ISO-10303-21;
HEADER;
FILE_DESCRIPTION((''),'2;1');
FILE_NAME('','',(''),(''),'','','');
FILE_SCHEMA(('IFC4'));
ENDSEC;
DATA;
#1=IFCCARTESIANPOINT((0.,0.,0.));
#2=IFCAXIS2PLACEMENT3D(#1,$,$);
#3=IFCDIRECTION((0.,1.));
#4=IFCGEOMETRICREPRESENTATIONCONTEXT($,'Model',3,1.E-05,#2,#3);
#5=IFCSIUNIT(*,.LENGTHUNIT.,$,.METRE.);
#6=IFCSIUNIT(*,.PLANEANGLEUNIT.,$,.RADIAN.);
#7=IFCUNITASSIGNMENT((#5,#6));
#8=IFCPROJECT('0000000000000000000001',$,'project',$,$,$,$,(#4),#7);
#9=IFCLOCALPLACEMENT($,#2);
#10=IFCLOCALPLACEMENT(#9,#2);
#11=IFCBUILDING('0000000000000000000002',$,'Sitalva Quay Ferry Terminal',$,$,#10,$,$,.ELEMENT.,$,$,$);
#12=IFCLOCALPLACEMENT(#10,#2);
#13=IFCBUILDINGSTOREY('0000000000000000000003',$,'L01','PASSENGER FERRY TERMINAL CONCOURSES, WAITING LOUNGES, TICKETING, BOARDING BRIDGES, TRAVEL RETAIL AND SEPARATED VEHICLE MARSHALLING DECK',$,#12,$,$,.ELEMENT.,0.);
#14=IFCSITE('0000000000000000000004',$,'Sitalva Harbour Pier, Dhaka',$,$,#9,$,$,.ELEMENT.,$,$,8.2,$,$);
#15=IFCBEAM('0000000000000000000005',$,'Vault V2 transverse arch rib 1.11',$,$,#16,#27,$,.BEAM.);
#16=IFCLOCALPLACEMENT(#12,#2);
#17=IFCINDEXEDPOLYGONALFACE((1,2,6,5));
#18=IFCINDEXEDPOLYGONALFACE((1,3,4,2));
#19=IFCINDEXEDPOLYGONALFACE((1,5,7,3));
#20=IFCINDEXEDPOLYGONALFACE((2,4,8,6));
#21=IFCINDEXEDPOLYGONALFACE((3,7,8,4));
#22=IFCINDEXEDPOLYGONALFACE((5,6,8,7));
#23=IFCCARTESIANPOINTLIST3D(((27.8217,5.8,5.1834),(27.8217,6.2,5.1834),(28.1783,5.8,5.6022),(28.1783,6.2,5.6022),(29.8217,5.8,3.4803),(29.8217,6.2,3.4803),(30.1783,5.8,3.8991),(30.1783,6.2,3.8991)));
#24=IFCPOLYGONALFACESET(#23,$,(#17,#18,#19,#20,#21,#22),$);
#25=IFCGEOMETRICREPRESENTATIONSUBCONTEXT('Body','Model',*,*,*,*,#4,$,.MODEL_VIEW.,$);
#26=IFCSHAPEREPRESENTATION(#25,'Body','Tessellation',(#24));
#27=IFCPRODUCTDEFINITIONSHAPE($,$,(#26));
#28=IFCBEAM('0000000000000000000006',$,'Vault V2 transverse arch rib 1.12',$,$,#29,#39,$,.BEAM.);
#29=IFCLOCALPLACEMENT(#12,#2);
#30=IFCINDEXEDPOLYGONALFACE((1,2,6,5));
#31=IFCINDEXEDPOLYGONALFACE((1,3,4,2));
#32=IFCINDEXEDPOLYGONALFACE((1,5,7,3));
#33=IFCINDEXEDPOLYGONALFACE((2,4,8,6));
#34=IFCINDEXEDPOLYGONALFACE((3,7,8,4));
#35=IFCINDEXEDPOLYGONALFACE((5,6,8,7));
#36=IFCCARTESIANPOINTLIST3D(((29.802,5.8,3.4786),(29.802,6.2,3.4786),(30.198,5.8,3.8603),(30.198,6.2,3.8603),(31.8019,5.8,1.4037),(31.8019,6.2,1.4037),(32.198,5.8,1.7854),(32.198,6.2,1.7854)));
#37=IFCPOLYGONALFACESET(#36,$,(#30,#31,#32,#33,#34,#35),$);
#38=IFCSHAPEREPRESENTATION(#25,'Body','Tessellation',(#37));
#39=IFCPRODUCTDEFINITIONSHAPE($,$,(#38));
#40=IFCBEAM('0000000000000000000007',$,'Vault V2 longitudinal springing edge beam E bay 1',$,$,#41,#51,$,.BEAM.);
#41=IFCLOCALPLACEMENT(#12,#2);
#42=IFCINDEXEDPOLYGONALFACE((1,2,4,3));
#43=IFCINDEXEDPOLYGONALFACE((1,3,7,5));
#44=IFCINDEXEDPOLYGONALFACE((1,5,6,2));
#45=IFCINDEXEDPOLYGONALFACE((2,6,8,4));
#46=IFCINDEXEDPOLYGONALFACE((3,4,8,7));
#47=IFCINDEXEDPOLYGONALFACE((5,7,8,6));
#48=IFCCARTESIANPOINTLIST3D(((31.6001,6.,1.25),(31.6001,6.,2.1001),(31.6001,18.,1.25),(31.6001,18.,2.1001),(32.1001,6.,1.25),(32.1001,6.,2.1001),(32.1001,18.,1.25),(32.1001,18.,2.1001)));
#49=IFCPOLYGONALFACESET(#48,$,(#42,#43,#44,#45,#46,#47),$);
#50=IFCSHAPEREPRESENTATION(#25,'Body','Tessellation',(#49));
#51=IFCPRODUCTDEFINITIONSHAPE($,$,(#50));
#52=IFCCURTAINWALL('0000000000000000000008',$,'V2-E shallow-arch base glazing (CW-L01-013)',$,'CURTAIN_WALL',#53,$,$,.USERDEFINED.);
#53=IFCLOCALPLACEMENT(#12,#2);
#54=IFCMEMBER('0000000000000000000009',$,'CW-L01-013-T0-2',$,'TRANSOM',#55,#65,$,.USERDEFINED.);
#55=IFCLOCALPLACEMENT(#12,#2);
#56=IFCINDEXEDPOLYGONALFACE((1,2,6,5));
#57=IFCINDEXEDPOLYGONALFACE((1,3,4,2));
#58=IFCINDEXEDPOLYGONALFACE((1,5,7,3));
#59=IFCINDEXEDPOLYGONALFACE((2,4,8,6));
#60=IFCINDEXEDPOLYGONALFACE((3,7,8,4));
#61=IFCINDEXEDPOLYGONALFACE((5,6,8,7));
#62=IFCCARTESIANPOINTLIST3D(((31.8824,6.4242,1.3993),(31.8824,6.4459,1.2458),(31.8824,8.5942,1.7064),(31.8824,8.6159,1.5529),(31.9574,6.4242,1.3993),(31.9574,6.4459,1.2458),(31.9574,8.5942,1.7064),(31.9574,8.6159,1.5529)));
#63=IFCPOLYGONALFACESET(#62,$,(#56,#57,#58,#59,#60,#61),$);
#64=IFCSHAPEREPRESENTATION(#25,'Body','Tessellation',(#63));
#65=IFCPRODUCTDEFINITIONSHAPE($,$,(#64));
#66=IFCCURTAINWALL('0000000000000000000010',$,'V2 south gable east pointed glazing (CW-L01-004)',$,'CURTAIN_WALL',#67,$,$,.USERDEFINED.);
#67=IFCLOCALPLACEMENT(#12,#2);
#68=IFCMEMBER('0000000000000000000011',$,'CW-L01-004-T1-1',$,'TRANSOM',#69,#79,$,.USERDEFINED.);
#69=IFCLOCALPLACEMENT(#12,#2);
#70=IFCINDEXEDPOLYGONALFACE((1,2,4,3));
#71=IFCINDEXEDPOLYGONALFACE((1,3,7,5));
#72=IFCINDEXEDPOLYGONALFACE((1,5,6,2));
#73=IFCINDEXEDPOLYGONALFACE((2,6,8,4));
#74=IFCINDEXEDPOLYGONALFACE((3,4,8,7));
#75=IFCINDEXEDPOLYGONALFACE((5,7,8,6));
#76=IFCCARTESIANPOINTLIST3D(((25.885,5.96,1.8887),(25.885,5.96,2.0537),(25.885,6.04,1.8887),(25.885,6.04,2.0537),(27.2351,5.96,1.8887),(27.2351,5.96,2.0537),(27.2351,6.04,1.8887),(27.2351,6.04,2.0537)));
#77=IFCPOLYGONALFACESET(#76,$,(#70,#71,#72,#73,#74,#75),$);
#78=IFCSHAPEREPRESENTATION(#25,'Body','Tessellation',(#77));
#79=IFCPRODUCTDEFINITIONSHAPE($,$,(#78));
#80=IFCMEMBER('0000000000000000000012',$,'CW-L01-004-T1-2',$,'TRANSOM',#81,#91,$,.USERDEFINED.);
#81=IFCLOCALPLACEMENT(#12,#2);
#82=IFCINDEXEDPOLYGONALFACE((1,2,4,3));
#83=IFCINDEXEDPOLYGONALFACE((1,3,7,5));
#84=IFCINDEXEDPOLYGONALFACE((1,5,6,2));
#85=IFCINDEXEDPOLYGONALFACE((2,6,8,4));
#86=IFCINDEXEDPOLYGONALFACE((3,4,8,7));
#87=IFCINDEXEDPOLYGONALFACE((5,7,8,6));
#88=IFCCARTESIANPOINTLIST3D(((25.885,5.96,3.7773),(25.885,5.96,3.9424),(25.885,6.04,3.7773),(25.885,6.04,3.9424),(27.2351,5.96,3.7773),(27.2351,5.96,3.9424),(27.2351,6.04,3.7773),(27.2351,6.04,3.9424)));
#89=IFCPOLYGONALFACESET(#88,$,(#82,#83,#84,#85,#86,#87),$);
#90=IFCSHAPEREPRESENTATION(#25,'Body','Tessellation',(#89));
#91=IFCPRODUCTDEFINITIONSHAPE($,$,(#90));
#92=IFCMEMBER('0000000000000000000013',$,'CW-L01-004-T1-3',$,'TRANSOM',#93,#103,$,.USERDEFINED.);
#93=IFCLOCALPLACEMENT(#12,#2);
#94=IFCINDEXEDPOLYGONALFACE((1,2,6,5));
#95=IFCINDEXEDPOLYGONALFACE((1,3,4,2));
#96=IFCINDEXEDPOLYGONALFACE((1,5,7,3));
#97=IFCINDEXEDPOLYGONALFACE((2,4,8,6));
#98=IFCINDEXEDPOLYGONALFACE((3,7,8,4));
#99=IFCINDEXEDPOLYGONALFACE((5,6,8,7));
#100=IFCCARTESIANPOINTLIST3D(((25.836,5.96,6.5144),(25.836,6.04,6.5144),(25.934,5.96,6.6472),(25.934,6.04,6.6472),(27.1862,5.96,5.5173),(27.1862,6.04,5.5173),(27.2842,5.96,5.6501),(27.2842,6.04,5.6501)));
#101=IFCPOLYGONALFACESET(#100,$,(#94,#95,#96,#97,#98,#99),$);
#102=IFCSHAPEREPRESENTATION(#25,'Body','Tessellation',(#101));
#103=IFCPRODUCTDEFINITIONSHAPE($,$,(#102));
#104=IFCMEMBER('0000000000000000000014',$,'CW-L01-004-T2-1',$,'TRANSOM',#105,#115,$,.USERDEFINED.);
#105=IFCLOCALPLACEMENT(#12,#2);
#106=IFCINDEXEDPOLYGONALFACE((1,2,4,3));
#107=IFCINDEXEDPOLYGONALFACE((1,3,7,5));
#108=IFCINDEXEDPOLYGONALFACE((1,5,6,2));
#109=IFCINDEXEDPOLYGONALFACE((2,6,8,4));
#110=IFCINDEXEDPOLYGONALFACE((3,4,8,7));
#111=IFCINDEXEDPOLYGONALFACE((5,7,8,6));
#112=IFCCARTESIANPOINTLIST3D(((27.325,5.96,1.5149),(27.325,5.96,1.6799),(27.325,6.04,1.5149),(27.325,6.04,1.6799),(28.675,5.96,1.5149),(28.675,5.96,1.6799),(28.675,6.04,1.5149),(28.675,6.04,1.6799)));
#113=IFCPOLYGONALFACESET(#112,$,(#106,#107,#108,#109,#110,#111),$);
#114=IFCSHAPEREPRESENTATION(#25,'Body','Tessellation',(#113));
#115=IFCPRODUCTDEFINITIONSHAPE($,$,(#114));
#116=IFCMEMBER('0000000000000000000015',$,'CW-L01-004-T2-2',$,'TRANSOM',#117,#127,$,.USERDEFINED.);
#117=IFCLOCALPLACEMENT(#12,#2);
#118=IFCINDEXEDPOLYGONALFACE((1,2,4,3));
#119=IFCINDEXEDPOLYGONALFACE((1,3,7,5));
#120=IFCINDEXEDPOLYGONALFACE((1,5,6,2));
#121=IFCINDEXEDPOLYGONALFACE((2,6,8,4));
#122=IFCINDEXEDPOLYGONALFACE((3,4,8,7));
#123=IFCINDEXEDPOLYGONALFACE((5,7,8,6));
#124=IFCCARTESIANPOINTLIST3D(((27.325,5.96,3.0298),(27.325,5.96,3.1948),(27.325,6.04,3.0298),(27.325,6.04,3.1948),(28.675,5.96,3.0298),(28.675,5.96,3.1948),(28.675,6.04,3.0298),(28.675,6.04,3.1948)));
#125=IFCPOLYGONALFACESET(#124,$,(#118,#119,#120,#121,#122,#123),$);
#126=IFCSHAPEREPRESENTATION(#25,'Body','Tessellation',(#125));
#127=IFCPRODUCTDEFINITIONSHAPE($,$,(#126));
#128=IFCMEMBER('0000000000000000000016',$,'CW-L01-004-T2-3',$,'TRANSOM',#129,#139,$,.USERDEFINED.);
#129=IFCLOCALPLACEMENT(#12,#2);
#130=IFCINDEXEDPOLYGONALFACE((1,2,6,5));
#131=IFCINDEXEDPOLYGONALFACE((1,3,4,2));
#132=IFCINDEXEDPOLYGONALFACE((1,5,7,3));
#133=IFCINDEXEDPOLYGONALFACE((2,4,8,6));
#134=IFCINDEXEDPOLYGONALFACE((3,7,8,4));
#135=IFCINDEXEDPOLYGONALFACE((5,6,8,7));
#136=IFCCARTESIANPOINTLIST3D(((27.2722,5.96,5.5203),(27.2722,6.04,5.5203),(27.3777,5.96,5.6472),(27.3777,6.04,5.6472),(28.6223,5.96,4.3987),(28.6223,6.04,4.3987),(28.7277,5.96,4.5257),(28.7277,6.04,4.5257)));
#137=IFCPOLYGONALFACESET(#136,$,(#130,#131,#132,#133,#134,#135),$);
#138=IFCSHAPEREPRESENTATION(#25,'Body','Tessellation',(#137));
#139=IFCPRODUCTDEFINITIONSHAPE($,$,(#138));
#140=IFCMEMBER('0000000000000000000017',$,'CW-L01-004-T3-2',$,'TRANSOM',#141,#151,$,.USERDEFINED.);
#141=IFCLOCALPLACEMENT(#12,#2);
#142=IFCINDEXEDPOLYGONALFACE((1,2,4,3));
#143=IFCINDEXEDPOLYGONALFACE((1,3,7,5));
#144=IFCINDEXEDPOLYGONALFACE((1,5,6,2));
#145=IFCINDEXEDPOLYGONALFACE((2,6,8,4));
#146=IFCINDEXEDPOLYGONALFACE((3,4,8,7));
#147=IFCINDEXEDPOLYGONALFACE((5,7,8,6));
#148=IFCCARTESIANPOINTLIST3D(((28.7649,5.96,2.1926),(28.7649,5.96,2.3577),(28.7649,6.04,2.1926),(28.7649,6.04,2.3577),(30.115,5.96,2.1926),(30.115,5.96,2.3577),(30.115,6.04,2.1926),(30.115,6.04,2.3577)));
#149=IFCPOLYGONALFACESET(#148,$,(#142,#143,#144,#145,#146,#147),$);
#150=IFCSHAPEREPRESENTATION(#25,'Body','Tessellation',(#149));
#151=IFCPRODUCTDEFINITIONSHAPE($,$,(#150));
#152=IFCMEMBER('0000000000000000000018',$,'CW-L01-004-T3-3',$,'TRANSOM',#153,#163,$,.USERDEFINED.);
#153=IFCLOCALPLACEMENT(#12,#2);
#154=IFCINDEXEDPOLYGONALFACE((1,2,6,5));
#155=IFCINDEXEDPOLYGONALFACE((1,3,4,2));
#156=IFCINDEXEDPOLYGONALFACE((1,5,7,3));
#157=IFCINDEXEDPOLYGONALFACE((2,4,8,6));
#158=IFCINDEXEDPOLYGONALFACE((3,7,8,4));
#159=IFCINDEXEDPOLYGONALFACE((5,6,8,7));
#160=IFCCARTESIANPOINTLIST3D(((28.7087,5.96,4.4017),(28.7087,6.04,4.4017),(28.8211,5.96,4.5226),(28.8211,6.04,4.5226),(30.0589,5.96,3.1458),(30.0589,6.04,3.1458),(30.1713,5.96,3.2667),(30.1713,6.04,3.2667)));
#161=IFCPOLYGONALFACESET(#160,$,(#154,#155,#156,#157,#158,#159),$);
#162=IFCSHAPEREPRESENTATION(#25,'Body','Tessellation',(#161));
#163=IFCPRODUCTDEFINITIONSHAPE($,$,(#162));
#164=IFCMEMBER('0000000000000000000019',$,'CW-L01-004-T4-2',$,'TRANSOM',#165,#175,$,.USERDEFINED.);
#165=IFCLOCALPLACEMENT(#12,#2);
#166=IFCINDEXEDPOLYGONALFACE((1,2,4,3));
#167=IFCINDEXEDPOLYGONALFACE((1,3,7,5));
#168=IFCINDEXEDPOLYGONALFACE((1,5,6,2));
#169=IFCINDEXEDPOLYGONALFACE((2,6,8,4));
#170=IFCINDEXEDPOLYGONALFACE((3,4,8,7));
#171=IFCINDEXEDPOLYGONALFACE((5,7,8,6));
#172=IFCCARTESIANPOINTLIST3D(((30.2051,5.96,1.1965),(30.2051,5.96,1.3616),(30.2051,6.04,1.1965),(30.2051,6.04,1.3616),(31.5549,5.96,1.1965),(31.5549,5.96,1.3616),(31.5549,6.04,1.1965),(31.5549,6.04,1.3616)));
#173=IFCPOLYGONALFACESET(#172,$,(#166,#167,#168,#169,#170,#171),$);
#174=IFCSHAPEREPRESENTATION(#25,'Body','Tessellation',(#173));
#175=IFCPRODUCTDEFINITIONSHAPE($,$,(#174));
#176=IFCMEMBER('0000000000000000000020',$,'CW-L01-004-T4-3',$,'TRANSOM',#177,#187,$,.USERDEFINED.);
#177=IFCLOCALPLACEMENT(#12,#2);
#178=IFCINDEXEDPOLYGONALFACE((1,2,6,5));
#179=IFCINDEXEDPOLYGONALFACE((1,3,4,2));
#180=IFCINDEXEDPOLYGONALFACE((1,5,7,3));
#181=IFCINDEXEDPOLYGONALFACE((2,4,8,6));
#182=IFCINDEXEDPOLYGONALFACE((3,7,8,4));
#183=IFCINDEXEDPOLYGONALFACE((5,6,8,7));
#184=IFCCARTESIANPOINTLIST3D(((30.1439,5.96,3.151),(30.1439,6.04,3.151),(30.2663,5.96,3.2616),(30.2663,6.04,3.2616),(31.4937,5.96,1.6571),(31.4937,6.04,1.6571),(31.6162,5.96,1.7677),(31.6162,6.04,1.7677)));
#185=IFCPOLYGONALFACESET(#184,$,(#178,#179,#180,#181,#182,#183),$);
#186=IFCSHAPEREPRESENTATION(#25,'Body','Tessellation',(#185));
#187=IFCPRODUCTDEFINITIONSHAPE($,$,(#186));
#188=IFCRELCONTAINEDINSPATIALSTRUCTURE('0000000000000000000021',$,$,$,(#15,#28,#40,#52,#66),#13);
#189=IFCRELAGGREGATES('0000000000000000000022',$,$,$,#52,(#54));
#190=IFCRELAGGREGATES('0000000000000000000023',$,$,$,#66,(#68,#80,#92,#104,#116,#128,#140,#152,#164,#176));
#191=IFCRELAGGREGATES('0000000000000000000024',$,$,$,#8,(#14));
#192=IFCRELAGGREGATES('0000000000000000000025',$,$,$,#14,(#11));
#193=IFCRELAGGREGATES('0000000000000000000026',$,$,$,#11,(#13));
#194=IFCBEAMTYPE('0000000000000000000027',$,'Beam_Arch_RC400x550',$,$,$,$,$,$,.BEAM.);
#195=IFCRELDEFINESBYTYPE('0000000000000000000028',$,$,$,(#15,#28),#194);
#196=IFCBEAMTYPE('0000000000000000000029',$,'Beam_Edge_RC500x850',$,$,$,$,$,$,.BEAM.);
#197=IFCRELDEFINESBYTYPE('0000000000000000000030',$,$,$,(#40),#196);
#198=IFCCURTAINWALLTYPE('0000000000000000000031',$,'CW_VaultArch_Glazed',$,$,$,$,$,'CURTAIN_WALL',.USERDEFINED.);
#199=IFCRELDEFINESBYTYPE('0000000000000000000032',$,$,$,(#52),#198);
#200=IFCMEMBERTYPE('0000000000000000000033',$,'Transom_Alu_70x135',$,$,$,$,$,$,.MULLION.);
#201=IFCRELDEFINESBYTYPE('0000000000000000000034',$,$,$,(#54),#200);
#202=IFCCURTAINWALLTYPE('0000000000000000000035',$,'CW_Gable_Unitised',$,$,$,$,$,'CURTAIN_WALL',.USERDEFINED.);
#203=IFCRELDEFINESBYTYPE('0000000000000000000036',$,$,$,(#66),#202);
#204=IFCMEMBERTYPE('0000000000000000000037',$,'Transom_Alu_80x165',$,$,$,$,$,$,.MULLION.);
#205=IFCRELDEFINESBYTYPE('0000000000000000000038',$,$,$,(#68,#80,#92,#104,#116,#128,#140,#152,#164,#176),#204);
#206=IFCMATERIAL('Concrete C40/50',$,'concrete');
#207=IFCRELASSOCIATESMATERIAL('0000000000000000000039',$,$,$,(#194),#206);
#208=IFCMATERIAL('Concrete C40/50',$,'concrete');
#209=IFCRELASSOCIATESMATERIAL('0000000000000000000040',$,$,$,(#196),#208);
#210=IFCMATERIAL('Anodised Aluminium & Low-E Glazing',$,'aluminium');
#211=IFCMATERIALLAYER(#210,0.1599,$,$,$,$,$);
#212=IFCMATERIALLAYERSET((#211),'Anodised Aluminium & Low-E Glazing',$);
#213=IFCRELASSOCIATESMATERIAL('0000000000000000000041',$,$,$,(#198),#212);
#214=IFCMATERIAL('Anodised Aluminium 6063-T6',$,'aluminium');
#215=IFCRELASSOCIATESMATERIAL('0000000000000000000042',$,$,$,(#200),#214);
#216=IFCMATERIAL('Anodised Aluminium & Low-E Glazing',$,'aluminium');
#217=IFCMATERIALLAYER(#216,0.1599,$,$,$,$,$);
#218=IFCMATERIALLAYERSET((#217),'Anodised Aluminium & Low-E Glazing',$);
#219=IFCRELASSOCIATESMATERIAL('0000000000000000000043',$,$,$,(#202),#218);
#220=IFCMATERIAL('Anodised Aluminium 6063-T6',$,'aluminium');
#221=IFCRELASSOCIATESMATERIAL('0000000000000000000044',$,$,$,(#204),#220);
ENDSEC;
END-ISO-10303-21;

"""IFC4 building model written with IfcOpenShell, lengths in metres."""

from ifc_helpers import new_model, si_unit, direction, frame, origin, origin_2d, place, context, subcontext, project, spatial, rectangle, extrude, material, layer, layer_set, material_profile, profile_set, type_object, element, aggregate, save


model = new_model("IFC4")

# Units and contexts
model_context = context("Model", 3, precision=1e-05, world=origin(), true_north=direction((0.0, 1.0)))
body_context = subcontext(model_context, "Body", "Model", "MODEL_VIEW")
ifc_project = project(units=[si_unit("LENGTHUNIT", "METRE"), si_unit("PLANEANGLEUNIT", "RADIAN")], contexts=[model_context])

# Site, building, storey
site_placement = place(None, origin())
site = spatial("IfcSite", under=ifc_project, at=site_placement, Name="Sitalva Harbour Pier, Dhaka", CompositionType="ELEMENT", RefElevation=8.2)
building_placement = place(site_placement, origin())
building = spatial("IfcBuilding", under=site, at=building_placement, Name="Sitalva Quay Ferry Terminal", CompositionType="ELEMENT")
storey_placement = place(building_placement, origin())
storey = spatial("IfcBuildingStorey", under=building, at=storey_placement, Name="L01", Description="PASSENGER FERRY TERMINAL CONCOURSES, WAITING LOUNGES, TICKETING, BOARDING BRIDGES, TRAVEL RETAIL AND SEPARATED VEHICLE MARSHALLING DECK", CompositionType="ELEMENT", Elevation=0.0)

# Beams
ifc_material_1 = material(Name="Concrete C40/50", Category="concrete")
ifc_material_profile_1 = material_profile(ifc_material_1, rectangle(XDim=0.3999, YDim=0.55, at=origin_2d()), Name="RC400x550")
ifc_profile_set_1 = profile_set([ifc_material_profile_1], Name="Concrete C40/50")
beam_type_1 = type_object("IfcBeamType", Name="Beam_Arch_RC400x550", PredefinedType="BEAM", material=ifc_profile_set_1)
beam_1_placement = place(storey_placement, frame((28.0, 6.0, 5.3928), z_axis=(0.761352, 0.0, -0.648339), x_axis=(0.0, 1.0, 0.0)))
element("IfcBeam", 1, at=beam_1_placement, inside=storey, type_object=beam_type_1, Name="Vault V2 transverse arch rib 1.11", PredefinedType="BEAM", context=body_context, shape_type="SweptSolid", body=[
    extrude(rectangle(XDim=0.3999, YDim=0.55, at=origin_2d()), origin(), (0.0, 0.0, 1.0), 2.627),
])
beam_2_placement = place(storey_placement, frame((30.0, 6.0, 3.6694), z_axis=(0.693983, 0.0, -0.719991), x_axis=(0.0, 1.0, 0.0)))
element("IfcBeam", 2, at=beam_2_placement, inside=storey, type_object=beam_type_1, Name="Vault V2 transverse arch rib 1.12", PredefinedType="BEAM", context=body_context, shape_type="SweptSolid", body=[
    extrude(rectangle(XDim=0.3999, YDim=0.55, at=origin_2d()), origin(), (0.0, 0.0, 1.0), 2.8818),
])
ifc_material_2 = material(Name="Concrete C40/50", Category="concrete")
ifc_material_profile_2 = material_profile(ifc_material_2, rectangle(XDim=0.5, YDim=0.8501, at=origin_2d()), Name="RC500x850")
ifc_profile_set_2 = profile_set([ifc_material_profile_2], Name="Concrete C40/50")
beam_type_2 = type_object("IfcBeamType", Name="Beam_Edge_RC500x850", PredefinedType="BEAM", material=ifc_profile_set_2)
beam_3_placement = place(storey_placement, frame((31.8501, 6.0, 1.675), z_axis=(0.0, 1.0, 0.0), x_axis=(-1.0, 0.0, 0.0)))
element("IfcBeam", 3, at=beam_3_placement, inside=storey, type_object=beam_type_2, Name="Vault V2 longitudinal springing edge beam E bay 1", PredefinedType="BEAM", context=body_context, shape_type="SweptSolid", body=[
    extrude(rectangle(XDim=0.5, YDim=0.8501, at=origin_2d()), origin(), (0.0, 0.0, 1.0), 12.0),
])

# Curtain wall, member
ifc_material_3 = material(Name="Anodised Aluminium & Low-E Glazing", Category="aluminium")
ifc_layer_1 = layer(ifc_material_3, 0.1599)
ifc_layer_set_1 = layer_set([ifc_layer_1], Name="Anodised Aluminium & Low-E Glazing")
curtain_wall_type_1 = type_object("IfcCurtainWallType", Name="CW_VaultArch_Glazed", ElementType="CURTAIN_WALL", PredefinedType="USERDEFINED", material=ifc_layer_set_1)
curtain_wall_1_placement = place(storey_placement, origin())
curtain_wall_1 = element("IfcCurtainWall", 4, at=curtain_wall_1_placement, inside=storey, type_object=curtain_wall_type_1, Name="V2-E shallow-arch base glazing (CW-L01-013)", ObjectType="CURTAIN_WALL", PredefinedType="USERDEFINED")
ifc_material_4 = material(Name="Anodised Aluminium 6063-T6", Category="aluminium")
ifc_material_profile_3 = material_profile(ifc_material_4, rectangle(XDim=0.075, YDim=0.155, at=origin_2d()), Name="ALU75x155")
ifc_profile_set_3 = profile_set([ifc_material_profile_3], Name="Anodised Aluminium 6063-T6")
member_type_1 = type_object("IfcMemberType", Name="Transom_Alu_70x135", PredefinedType="MULLION", material=ifc_profile_set_3)
member_1_placement = place(storey_placement, frame((31.9199, 6.4351, 1.3225), z_axis=(0.0, 0.990131, 0.140142), x_axis=(-1.0, 0.0, 0.0)))
member_1 = element("IfcMember", 5, at=member_1_placement, type_object=member_type_1, Name="CW-L01-013-T0-2", ObjectType="TRANSOM", PredefinedType="USERDEFINED", context=body_context, shape_type="SweptSolid", body=[
    extrude(rectangle(XDim=0.075, YDim=0.155, at=origin_2d()), origin(), (0.0, 0.0, 1.0), 2.1917),
])
aggregate(curtain_wall_1, [member_1])

# Curtain wall, members
ifc_material_5 = material(Name="Anodised Aluminium & Low-E Glazing", Category="aluminium")
ifc_layer_2 = layer(ifc_material_5, 0.1599)
ifc_layer_set_2 = layer_set([ifc_layer_2], Name="Anodised Aluminium & Low-E Glazing")
curtain_wall_type_2 = type_object("IfcCurtainWallType", Name="CW_Gable_Unitised", ElementType="CURTAIN_WALL", PredefinedType="USERDEFINED", material=ifc_layer_set_2)
curtain_wall_2_placement = place(storey_placement, origin())
curtain_wall_2 = element("IfcCurtainWall", 6, at=curtain_wall_2_placement, inside=storey, type_object=curtain_wall_type_2, Name="V2 south gable east pointed glazing (CW-L01-004)", ObjectType="CURTAIN_WALL", PredefinedType="USERDEFINED")
ifc_material_6 = material(Name="Anodised Aluminium 6063-T6", Category="aluminium")
ifc_material_profile_4 = material_profile(ifc_material_6, rectangle(XDim=0.0801, YDim=0.165, at=origin_2d()), Name="ALU80x165")
ifc_profile_set_4 = profile_set([ifc_material_profile_4], Name="Anodised Aluminium 6063-T6")
member_type_2 = type_object("IfcMemberType", Name="Transom_Alu_80x165", PredefinedType="MULLION", material=ifc_profile_set_4)
member_2_placement = place(storey_placement, frame((25.885, 6.0, 1.9712), z_axis=(1.0, 0.0, 0.0), x_axis=(0.0, 1.0, 0.0)))
member_2 = element("IfcMember", 7, at=member_2_placement, type_object=member_type_2, Name="CW-L01-004-T1-1", ObjectType="TRANSOM", PredefinedType="USERDEFINED", context=body_context, shape_type="SweptSolid", body=[
    extrude(rectangle(XDim=0.0801, YDim=0.165, at=origin_2d()), origin(), (0.0, 0.0, 1.0), 1.3501),
])
member_3_placement = place(storey_placement, frame((25.885, 6.0, 3.8599), z_axis=(1.0, 0.0, 0.0), x_axis=(0.0, 1.0, 0.0)))
member_3 = element("IfcMember", 8, at=member_3_placement, type_object=member_type_2, Name="CW-L01-004-T1-2", ObjectType="TRANSOM", PredefinedType="USERDEFINED", context=body_context, shape_type="SweptSolid", body=[
    extrude(rectangle(XDim=0.0801, YDim=0.165, at=origin_2d()), origin(), (0.0, 0.0, 1.0), 1.3501),
])
member_4_placement = place(storey_placement, frame((25.885, 6.0, 6.5808), z_axis=(0.804412, 0.0, -0.594072), x_axis=(0.0, 1.0, 0.0)))
member_4 = element("IfcMember", 9, at=member_4_placement, type_object=member_type_2, Name="CW-L01-004-T1-3", ObjectType="TRANSOM", PredefinedType="USERDEFINED", context=body_context, shape_type="SweptSolid", body=[
    extrude(rectangle(XDim=0.0801, YDim=0.165, at=origin_2d()), origin(), (0.0, 0.0, 1.0), 1.6785),
])
member_5_placement = place(storey_placement, frame((27.325, 6.0, 1.5974), z_axis=(1.0, 0.0, 0.0), x_axis=(0.0, 1.0, 0.0)))
member_5 = element("IfcMember", 10, at=member_5_placement, type_object=member_type_2, Name="CW-L01-004-T2-1", ObjectType="TRANSOM", PredefinedType="USERDEFINED", context=body_context, shape_type="SweptSolid", body=[
    extrude(rectangle(XDim=0.0801, YDim=0.165, at=origin_2d()), origin(), (0.0, 0.0, 1.0), 1.3501),
])
member_6_placement = place(storey_placement, frame((27.325, 6.0, 3.1123), z_axis=(1.0, 0.0, 0.0), x_axis=(0.0, 1.0, 0.0)))
member_6 = element("IfcMember", 11, at=member_6_placement, type_object=member_type_2, Name="CW-L01-004-T2-2", ObjectType="TRANSOM", PredefinedType="USERDEFINED", context=body_context, shape_type="SweptSolid", body=[
    extrude(rectangle(XDim=0.0801, YDim=0.165, at=origin_2d()), origin(), (0.0, 0.0, 1.0), 1.3501),
])
member_7_placement = place(storey_placement, frame((27.325, 6.0, 5.5837), z_axis=(0.769201, 0.0, -0.639007), x_axis=(0.0, 1.0, 0.0)))
member_7 = element("IfcMember", 12, at=member_7_placement, type_object=member_type_2, Name="CW-L01-004-T2-3", ObjectType="TRANSOM", PredefinedType="USERDEFINED", context=body_context, shape_type="SweptSolid", body=[
    extrude(rectangle(XDim=0.0801, YDim=0.165, at=origin_2d()), origin(), (0.0, 0.0, 1.0), 1.7551),
])
member_8_placement = place(storey_placement, frame((28.7649, 6.0, 2.2751), z_axis=(1.0, 0.0, 0.0), x_axis=(0.0, 1.0, 0.0)))
member_8 = element("IfcMember", 13, at=member_8_placement, type_object=member_type_2, Name="CW-L01-004-T3-2", ObjectType="TRANSOM", PredefinedType="USERDEFINED", context=body_context, shape_type="SweptSolid", body=[
    extrude(rectangle(XDim=0.0801, YDim=0.165, at=origin_2d()), origin(), (0.0, 0.0, 1.0), 1.3501),
])
member_9_placement = place(storey_placement, frame((28.7649, 6.0, 4.4622), z_axis=(0.732199, 0.0, -0.681091), x_axis=(0.0, 1.0, 0.0)))
member_9 = element("IfcMember", 14, at=member_9_placement, type_object=member_type_2, Name="CW-L01-004-T3-3", ObjectType="TRANSOM", PredefinedType="USERDEFINED", context=body_context, shape_type="SweptSolid", body=[
    extrude(rectangle(XDim=0.0801, YDim=0.165, at=origin_2d()), origin(), (0.0, 0.0, 1.0), 1.844),
])
member_10_placement = place(storey_placement, frame((30.2051, 6.0, 1.2791), z_axis=(1.0, 0.0, 0.0), x_axis=(0.0, 1.0, 0.0)))
member_10 = element("IfcMember", 15, at=member_10_placement, type_object=member_type_2, Name="CW-L01-004-T4-2", ObjectType="TRANSOM", PredefinedType="USERDEFINED", context=body_context, shape_type="SweptSolid", body=[
    extrude(rectangle(XDim=0.0801, YDim=0.165, at=origin_2d()), origin(), (0.0, 0.0, 1.0), 1.3499),
])
member_11_placement = place(storey_placement, frame((30.2051, 6.0, 3.2063), z_axis=(0.670431, 0.0, -0.741972), x_axis=(0.0, 1.0, 0.0)))
member_11 = element("IfcMember", 16, at=member_11_placement, type_object=member_type_2, Name="CW-L01-004-T4-3", ObjectType="TRANSOM", PredefinedType="USERDEFINED", context=body_context, shape_type="SweptSolid", body=[
    extrude(rectangle(XDim=0.0801, YDim=0.165, at=origin_2d()), origin(), (0.0, 0.0, 1.0), 2.0134),
])
aggregate(curtain_wall_2, [member_2, member_3, member_4, member_5, member_6, member_7, member_8, member_9, member_10, member_11])

save(model, "model.ifc")
